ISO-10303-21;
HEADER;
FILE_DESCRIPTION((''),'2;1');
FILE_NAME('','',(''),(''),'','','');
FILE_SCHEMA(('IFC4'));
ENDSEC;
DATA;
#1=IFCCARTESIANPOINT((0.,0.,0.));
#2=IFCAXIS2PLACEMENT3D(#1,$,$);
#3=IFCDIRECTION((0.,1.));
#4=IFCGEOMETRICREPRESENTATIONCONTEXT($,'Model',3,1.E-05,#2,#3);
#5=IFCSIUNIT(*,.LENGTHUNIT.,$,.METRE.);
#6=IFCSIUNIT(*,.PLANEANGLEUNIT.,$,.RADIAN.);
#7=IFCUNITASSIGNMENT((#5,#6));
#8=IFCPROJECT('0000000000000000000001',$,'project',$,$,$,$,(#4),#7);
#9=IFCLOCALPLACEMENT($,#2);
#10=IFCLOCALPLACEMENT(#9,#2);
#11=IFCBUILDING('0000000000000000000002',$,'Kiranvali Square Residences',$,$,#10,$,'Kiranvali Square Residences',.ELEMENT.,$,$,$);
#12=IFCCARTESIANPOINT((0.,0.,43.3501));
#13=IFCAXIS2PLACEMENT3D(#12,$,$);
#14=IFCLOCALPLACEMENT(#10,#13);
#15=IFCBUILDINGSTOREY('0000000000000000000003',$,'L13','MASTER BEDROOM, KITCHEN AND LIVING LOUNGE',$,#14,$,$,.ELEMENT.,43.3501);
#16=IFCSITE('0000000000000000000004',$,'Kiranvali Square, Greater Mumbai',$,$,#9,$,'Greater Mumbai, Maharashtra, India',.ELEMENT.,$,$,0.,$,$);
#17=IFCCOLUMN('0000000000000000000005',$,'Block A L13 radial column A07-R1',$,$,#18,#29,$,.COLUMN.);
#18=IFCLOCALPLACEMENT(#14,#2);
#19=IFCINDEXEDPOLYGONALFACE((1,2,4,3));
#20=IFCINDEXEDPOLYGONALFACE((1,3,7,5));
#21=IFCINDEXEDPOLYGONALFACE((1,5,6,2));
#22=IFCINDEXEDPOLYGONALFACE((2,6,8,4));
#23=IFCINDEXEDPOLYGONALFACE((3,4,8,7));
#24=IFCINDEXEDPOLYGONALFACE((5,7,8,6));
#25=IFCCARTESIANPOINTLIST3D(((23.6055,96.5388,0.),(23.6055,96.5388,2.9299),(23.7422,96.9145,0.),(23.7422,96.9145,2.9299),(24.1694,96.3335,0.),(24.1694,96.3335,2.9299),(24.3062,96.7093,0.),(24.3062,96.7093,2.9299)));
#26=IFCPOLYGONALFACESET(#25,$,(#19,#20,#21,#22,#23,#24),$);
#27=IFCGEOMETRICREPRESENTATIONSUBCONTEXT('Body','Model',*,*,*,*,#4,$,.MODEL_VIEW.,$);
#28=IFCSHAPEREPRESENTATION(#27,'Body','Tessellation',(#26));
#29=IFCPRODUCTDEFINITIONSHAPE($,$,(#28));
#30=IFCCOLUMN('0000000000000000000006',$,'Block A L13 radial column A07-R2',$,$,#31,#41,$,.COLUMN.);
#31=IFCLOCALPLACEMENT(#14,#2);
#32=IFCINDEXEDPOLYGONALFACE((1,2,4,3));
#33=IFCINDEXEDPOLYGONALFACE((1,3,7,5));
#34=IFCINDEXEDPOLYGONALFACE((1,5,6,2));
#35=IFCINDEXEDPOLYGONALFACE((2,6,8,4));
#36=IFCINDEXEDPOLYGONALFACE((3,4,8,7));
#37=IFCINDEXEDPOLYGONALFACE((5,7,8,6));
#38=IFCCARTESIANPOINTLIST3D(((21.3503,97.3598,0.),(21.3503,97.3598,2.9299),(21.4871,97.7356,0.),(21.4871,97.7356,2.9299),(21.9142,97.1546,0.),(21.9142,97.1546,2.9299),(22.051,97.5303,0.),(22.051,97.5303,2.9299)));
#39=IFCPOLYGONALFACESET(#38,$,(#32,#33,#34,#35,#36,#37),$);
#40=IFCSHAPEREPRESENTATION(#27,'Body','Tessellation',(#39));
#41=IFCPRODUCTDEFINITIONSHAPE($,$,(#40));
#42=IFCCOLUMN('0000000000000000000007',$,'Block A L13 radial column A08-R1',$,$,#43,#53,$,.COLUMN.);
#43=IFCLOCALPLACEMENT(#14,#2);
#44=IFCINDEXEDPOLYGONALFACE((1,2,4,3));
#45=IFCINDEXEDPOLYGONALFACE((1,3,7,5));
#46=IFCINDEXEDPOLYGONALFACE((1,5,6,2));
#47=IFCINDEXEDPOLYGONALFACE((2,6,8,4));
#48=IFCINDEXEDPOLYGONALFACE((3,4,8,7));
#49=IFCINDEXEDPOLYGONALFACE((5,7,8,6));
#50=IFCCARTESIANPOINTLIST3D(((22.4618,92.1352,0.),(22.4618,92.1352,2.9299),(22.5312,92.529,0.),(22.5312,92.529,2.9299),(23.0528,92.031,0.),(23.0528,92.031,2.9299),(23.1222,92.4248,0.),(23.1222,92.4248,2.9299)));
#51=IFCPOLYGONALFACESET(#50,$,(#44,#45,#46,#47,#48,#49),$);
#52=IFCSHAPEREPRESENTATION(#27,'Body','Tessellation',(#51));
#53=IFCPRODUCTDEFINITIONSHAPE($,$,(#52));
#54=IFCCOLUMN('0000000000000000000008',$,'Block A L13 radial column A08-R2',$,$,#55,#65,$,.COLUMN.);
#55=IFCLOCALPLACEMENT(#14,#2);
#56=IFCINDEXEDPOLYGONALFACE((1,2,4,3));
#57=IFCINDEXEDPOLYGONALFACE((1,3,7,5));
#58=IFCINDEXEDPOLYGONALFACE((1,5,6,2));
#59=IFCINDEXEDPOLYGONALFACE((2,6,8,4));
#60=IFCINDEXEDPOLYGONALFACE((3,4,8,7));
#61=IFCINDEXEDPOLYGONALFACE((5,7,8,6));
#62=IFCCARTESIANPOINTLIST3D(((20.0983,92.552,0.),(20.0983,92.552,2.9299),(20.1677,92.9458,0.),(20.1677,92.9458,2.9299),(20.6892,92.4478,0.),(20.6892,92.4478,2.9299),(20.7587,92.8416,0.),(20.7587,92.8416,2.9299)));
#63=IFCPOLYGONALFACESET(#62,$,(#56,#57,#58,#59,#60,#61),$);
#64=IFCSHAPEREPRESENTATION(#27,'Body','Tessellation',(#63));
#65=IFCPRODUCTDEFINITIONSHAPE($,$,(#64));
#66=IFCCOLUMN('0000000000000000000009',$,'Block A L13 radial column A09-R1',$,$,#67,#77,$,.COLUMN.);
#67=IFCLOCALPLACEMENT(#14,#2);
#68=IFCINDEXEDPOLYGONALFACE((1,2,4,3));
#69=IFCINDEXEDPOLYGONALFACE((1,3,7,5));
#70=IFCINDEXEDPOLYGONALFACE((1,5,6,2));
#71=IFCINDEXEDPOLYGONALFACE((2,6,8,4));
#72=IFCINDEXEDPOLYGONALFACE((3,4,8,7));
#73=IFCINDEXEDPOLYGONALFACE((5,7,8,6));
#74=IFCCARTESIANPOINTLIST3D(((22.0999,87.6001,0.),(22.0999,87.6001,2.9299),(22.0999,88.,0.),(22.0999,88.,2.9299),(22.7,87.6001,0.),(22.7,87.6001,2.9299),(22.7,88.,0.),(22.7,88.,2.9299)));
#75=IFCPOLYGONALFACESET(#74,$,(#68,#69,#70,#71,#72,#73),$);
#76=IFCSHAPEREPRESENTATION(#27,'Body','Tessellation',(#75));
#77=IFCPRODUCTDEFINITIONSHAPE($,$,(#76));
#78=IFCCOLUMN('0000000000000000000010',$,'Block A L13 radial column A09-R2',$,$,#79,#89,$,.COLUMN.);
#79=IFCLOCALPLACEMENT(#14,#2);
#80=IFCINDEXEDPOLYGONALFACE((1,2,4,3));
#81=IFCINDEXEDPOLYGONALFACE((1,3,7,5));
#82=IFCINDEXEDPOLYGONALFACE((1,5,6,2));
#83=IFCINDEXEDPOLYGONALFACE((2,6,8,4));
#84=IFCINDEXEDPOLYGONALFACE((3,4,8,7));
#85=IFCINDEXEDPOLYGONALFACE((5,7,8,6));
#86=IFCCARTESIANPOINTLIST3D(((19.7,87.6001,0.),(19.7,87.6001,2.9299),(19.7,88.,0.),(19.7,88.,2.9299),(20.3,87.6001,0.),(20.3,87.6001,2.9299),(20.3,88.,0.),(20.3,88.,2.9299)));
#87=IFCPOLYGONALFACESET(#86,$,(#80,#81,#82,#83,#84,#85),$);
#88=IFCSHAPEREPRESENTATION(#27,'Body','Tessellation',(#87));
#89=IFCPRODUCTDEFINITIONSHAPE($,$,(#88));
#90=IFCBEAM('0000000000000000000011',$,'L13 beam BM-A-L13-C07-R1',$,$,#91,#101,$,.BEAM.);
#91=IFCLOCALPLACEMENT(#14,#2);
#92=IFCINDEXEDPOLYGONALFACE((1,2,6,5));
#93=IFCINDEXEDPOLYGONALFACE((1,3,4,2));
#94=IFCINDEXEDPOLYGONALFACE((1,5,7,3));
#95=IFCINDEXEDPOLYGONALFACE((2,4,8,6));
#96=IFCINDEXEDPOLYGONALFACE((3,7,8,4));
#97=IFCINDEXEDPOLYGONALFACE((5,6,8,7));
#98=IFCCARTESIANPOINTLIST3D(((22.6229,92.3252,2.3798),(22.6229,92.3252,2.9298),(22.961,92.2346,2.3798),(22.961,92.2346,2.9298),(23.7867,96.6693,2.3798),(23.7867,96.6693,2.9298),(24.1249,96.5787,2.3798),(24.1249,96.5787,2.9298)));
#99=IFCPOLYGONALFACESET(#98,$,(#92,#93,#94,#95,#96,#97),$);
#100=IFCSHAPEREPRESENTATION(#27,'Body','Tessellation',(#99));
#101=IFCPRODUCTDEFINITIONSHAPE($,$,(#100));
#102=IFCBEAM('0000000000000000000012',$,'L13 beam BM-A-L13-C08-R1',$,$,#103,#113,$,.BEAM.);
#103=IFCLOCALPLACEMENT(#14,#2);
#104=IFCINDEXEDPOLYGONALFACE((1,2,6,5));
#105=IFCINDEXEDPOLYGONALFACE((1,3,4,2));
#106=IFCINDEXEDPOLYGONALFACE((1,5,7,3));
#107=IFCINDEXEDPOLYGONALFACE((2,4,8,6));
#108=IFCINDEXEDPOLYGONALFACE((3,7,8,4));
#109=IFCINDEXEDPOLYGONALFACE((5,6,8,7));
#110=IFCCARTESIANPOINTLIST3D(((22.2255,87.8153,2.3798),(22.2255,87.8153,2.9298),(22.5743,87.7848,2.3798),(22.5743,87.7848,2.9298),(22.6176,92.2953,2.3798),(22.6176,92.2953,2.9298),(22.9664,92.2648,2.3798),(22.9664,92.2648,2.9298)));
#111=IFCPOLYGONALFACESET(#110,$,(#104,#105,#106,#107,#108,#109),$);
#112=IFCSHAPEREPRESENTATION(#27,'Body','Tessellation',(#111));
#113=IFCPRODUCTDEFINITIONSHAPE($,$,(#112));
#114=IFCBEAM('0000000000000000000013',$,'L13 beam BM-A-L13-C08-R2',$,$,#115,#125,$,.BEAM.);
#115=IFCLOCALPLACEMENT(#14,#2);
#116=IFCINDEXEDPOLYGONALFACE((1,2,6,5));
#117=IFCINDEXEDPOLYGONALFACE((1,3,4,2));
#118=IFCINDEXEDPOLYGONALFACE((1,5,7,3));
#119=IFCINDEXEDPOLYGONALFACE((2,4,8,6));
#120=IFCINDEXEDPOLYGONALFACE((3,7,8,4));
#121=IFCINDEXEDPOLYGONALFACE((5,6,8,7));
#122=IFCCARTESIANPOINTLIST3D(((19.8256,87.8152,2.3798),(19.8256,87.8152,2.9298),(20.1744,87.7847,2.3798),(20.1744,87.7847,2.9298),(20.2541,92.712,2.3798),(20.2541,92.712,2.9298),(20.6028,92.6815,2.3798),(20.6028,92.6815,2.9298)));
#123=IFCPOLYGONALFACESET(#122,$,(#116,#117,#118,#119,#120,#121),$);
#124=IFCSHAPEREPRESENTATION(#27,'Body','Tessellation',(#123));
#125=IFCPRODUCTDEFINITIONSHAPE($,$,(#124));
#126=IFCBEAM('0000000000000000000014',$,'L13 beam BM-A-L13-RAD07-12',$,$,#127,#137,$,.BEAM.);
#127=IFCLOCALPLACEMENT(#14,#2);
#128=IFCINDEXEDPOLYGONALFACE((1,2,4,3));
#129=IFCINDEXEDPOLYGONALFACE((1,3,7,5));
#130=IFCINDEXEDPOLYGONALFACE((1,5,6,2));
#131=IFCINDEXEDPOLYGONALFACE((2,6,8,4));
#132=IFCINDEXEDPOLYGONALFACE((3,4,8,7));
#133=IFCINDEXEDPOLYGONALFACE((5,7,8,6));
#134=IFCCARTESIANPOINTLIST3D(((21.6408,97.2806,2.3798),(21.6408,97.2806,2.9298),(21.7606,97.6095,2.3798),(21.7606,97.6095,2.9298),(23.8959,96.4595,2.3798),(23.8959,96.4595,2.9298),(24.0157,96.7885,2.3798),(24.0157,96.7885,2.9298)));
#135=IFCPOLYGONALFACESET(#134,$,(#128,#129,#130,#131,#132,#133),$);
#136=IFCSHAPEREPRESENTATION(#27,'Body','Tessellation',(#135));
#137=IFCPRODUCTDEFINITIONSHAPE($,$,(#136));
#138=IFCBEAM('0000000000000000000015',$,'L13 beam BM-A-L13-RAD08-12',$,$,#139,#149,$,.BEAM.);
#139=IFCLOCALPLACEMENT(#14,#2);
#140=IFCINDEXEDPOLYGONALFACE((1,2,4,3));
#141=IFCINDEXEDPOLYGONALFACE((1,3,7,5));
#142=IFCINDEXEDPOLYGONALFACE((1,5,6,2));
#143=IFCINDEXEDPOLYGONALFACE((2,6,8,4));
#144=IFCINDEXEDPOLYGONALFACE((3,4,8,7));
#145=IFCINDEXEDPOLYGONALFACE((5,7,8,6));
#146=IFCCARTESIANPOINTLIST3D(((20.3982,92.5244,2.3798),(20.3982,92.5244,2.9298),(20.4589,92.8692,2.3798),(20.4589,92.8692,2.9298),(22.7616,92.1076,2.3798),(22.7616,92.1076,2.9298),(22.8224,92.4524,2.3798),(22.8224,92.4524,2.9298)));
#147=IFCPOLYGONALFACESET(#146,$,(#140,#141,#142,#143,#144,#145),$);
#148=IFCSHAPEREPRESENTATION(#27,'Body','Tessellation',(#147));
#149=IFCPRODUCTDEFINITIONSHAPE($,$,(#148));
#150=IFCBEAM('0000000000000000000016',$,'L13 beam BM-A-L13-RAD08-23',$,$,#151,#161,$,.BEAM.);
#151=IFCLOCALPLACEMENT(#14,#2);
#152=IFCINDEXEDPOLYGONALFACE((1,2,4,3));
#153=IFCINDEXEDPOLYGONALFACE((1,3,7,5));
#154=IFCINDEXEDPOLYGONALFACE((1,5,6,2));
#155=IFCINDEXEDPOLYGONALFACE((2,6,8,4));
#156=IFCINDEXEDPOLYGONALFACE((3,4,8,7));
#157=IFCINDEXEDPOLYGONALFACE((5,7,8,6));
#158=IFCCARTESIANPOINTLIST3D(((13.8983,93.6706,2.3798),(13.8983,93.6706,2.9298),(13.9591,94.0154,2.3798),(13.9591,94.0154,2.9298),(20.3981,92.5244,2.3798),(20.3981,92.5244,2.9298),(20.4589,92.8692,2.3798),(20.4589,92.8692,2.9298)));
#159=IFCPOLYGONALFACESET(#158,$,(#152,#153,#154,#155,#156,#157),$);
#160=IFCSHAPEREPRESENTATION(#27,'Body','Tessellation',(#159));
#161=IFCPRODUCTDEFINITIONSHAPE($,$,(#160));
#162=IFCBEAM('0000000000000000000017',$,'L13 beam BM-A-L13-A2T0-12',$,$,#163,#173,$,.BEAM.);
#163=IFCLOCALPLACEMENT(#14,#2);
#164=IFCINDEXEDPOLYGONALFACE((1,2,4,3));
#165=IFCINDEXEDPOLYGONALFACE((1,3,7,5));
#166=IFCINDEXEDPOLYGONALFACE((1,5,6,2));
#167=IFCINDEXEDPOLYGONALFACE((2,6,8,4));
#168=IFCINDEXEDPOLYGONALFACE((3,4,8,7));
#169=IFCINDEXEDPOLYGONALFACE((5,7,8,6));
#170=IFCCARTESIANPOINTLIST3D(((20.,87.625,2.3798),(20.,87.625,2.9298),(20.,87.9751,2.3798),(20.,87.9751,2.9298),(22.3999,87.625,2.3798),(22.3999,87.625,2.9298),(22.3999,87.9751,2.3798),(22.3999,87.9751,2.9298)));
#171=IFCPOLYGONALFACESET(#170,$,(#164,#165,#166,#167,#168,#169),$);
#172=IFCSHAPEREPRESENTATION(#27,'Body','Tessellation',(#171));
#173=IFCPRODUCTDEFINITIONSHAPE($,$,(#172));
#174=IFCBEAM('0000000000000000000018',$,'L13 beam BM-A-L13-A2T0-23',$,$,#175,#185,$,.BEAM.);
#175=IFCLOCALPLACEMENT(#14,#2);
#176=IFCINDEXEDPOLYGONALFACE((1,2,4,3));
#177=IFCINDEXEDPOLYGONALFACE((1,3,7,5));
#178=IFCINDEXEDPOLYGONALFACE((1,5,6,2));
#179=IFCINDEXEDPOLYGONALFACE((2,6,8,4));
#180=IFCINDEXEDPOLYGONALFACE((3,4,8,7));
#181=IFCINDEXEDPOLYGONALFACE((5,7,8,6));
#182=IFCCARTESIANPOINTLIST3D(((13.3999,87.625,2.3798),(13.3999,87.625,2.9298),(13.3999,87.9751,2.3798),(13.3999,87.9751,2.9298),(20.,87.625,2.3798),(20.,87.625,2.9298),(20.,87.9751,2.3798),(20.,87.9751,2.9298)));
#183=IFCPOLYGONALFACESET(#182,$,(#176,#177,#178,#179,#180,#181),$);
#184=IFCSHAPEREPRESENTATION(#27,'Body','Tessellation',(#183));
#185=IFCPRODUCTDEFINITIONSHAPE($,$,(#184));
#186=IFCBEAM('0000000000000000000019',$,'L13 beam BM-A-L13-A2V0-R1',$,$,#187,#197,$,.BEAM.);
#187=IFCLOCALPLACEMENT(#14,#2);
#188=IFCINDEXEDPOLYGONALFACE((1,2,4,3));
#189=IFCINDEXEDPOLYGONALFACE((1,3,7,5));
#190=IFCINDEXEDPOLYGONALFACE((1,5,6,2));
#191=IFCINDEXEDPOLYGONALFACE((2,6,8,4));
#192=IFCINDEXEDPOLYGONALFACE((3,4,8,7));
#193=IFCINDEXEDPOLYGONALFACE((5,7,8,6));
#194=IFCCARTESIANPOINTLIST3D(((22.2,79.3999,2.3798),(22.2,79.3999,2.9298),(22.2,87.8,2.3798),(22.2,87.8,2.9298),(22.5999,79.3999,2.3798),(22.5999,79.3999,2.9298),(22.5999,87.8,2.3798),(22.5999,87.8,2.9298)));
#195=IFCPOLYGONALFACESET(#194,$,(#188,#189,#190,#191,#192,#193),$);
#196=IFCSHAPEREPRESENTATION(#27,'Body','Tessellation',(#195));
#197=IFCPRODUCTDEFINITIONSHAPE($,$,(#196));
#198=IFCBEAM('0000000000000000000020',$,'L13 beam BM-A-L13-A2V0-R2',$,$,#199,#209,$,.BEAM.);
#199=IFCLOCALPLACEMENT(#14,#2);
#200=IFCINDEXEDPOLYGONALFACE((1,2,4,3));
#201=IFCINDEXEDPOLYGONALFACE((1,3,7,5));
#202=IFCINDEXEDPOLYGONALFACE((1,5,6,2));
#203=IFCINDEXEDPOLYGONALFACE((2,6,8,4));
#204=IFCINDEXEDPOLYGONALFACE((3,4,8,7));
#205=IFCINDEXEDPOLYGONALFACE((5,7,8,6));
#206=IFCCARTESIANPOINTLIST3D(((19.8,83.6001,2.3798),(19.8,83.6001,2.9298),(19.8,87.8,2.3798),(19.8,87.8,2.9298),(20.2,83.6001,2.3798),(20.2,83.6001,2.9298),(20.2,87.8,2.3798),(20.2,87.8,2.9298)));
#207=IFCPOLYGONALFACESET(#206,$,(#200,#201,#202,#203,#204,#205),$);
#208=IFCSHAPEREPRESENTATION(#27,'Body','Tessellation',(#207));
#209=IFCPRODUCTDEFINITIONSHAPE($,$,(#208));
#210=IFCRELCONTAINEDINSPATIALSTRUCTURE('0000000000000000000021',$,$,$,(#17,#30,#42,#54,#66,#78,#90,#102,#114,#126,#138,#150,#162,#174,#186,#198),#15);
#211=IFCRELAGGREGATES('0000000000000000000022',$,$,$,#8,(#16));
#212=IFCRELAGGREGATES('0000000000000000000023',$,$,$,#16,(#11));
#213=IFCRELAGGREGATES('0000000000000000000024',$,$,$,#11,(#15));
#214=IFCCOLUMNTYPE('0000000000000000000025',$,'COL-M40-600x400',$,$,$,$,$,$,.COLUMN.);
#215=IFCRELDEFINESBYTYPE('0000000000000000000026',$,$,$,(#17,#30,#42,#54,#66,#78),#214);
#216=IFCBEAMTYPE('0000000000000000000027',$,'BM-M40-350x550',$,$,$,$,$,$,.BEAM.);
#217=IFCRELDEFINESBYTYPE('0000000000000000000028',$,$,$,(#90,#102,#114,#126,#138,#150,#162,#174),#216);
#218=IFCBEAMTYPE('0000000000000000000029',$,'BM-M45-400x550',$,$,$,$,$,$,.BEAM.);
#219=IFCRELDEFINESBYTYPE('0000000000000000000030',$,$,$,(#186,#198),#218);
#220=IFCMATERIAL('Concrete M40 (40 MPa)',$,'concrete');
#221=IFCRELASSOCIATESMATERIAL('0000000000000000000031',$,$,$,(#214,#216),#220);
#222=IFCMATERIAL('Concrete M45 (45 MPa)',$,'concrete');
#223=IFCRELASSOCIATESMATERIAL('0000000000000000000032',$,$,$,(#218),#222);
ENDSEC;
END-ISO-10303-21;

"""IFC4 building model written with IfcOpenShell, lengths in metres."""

from ifc_helpers import new_model, si_unit, direction, frame, origin, origin_2d, place, context, subcontext, project, spatial, rectangle, extrude, material, material_profile, profile_set, type_object, element, save


model = new_model("IFC4")

# Units and contexts
model_context = context("Model", 3, precision=1e-05, world=origin(), true_north=direction((0.0, 1.0)))
body_context = subcontext(model_context, "Body", "Model", "MODEL_VIEW")
ifc_project = project(units=[si_unit("LENGTHUNIT", "METRE"), si_unit("PLANEANGLEUNIT", "RADIAN")], contexts=[model_context])

# Site, building, storey
site_placement = place(None, origin())
site = spatial("IfcSite", under=ifc_project, at=site_placement, Name="Kiranvali Square, Greater Mumbai", LongName="Greater Mumbai, Maharashtra, India", CompositionType="ELEMENT", RefElevation=0.0)
building_placement = place(site_placement, origin())
building = spatial("IfcBuilding", under=site, at=building_placement, Name="Kiranvali Square Residences", LongName="Kiranvali Square Residences", CompositionType="ELEMENT")
storey_placement = place(building_placement, frame((0.0, 0.0, 43.3501)))
storey = spatial("IfcBuildingStorey", under=building, at=storey_placement, Name="L13", Description="MASTER BEDROOM, KITCHEN AND LIVING LOUNGE", CompositionType="ELEMENT", Elevation=43.3501)

# Columns
ifc_material_1 = material(Name="Concrete M40 (40 MPa)", Category="concrete")
ifc_material_profile_1 = material_profile(ifc_material_1, rectangle(XDim=0.3999, YDim=0.6001, at=origin_2d()), Name="RC 600x400")
ifc_profile_set_1 = profile_set([ifc_material_profile_1], Name="Concrete M40 (40 MPa)")
column_type = type_object("IfcColumnType", Name="COL-M40-600x400", PredefinedType="COLUMN", material=ifc_profile_set_1)
for number, where, z_axis, x_axis, name in (
    (1, (23.9558, 96.624, 0.0), (0.0, 0.0, 1.0), (0.34202, 0.939693, 0.0), "Block A L13 radial column A07-R1"),
    (2, (21.7007, 97.4451, 0.0), (0.0, 0.0, 1.0), (0.34202, 0.939693, 0.0), "Block A L13 radial column A07-R2"),
    (3, (22.792, 92.28, 0.0), (0.0, 0.0, 1.0), (0.173648, 0.984808, 0.0), "Block A L13 radial column A08-R1"),
    (4, (20.4285, 92.6968, 0.0), (0.0, 0.0, 1.0), (0.173648, 0.984808, 0.0), "Block A L13 radial column A08-R2"),
    (5, (22.3999, 87.8, 0.0), (0.0, 0.0, 1.0), (0.0, 1.0, 0.0), "Block A L13 radial column A09-R1"),
    (6, (20.0, 87.8, 0.0), (0.0, 0.0, 1.0), (0.0, 1.0, 0.0), "Block A L13 radial column A09-R2"),
):
    element("IfcColumn", number, at=place(storey_placement, frame(where, z_axis=z_axis, x_axis=x_axis)), inside=storey, type_object=column_type, Name=name, PredefinedType="COLUMN", context=body_context, shape_type="SweptSolid", body=[
        extrude(rectangle(XDim=0.3999, YDim=0.6001, at=origin_2d()), origin(), (0.0, 0.0, 1.0), 2.9299),
    ])

# Beams
ifc_material_profile_2 = material_profile(ifc_material_1, rectangle(XDim=0.3501, YDim=0.55, at=origin_2d()), Name="RC 350x550")
ifc_profile_set_2 = profile_set([ifc_material_profile_2], Name="Concrete M40 (40 MPa)")
beam_type_1 = type_object("IfcBeamType", Name="BM-M40-350x550", PredefinedType="BEAM", material=ifc_profile_set_2)
beam_1_placement = place(storey_placement, frame((23.9558, 96.624, 2.6548), z_axis=(-0.258788, -0.965934, 0.0), x_axis=(0.965934, -0.258788, 0.0)))
element("IfcBeam", 7, at=beam_1_placement, inside=storey, type_object=beam_type_1, Name="L13 beam BM-A-L13-C07-R1", PredefinedType="BEAM", context=body_context, shape_type="SweptSolid", body=[
    extrude(rectangle(XDim=0.3501, YDim=0.55, at=origin_2d()), origin(), (0.0, 0.0, 1.0), 4.4973),
])
beam_2_placement = place(storey_placement, frame((22.792, 92.28, 2.6548), z_axis=(-0.087187, -0.996192, 0.0), x_axis=(0.996192, -0.087187, 0.0)))
element("IfcBeam", 8, at=beam_2_placement, inside=storey, type_object=beam_type_1, Name="L13 beam BM-A-L13-C08-R1", PredefinedType="BEAM", context=body_context, shape_type="SweptSolid", body=[
    extrude(rectangle(XDim=0.3501, YDim=0.55, at=origin_2d()), origin(), (0.0, 0.0, 1.0), 4.4971),
])
beam_3_placement = place(storey_placement, frame((20.4285, 92.6968, 2.6548), z_axis=(-0.087168, -0.996194, 0.0), x_axis=(0.996194, -0.087168, 0.0)))
element("IfcBeam", 9, at=beam_3_placement, inside=storey, type_object=beam_type_1, Name="L13 beam BM-A-L13-C08-R2", PredefinedType="BEAM", context=body_context, shape_type="SweptSolid", body=[
    extrude(rectangle(XDim=0.3501, YDim=0.55, at=origin_2d()), origin(), (0.0, 0.0, 1.0), 4.9155),
])
for number, where, z_axis, x_axis, name in (
    (10, (23.9558, 96.624, 2.6548), (-0.93966, 0.342111, 0.0), (-0.342111, -0.93966, 0.0), "L13 beam BM-A-L13-RAD07-12"),
    (11, (22.792, 92.28, 2.6548), (-0.984808, 0.173646, 0.0), (-0.173646, -0.984808, 0.0), "L13 beam BM-A-L13-RAD08-12"),
):
    element("IfcBeam", number, at=place(storey_placement, frame(where, z_axis=z_axis, x_axis=x_axis)), inside=storey, type_object=beam_type_1, Name=name, PredefinedType="BEAM", context=body_context, shape_type="SweptSolid", body=[
        extrude(rectangle(XDim=0.3501, YDim=0.55, at=origin_2d()), origin(), (0.0, 0.0, 1.0), 2.3999),
    ])
beam_4_placement = place(storey_placement, frame((20.4285, 92.6968, 2.6548), z_axis=(-0.984804, 0.173671, 0.0), x_axis=(-0.173671, -0.984804, 0.0)))
element("IfcBeam", 12, at=beam_4_placement, inside=storey, type_object=beam_type_1, Name="L13 beam BM-A-L13-RAD08-23", PredefinedType="BEAM", context=body_context, shape_type="SweptSolid", body=[
    extrude(rectangle(XDim=0.3501, YDim=0.55, at=origin_2d()), origin(), (0.0, 0.0, 1.0), 6.6001),
])
beam_5_placement = place(storey_placement, frame((22.3999, 87.8, 2.6548), z_axis=(-1.0, 0.0, 0.0), x_axis=(0.0, -1.0, 0.0)))
element("IfcBeam", 13, at=beam_5_placement, inside=storey, type_object=beam_type_1, Name="L13 beam BM-A-L13-A2T0-12", PredefinedType="BEAM", context=body_context, shape_type="SweptSolid", body=[
    extrude(rectangle(XDim=0.3501, YDim=0.55, at=origin_2d()), origin(), (0.0, 0.0, 1.0), 2.3999),
])
beam_6_placement = place(storey_placement, frame((20.0, 87.8, 2.6548), z_axis=(-1.0, 0.0, 0.0), x_axis=(0.0, -1.0, 0.0)))
element("IfcBeam", 14, at=beam_6_placement, inside=storey, type_object=beam_type_1, Name="L13 beam BM-A-L13-A2T0-23", PredefinedType="BEAM", context=body_context, shape_type="SweptSolid", body=[
    extrude(rectangle(XDim=0.3501, YDim=0.55, at=origin_2d()), origin(), (0.0, 0.0, 1.0), 6.6001),
])
ifc_material_2 = material(Name="Concrete M45 (45 MPa)", Category="concrete")
ifc_material_profile_3 = material_profile(ifc_material_2, rectangle(XDim=0.3999, YDim=0.55, at=origin_2d()), Name="RC 400x550")
ifc_profile_set_3 = profile_set([ifc_material_profile_3], Name="Concrete M45 (45 MPa)")
beam_type_2 = type_object("IfcBeamType", Name="BM-M45-400x550", PredefinedType="BEAM", material=ifc_profile_set_3)
beam_7_placement = place(storey_placement, frame((22.3999, 87.8, 2.6548), z_axis=(0.0, -1.0, 0.0), x_axis=(1.0, 0.0, 0.0)))
element("IfcBeam", 15, at=beam_7_placement, inside=storey, type_object=beam_type_2, Name="L13 beam BM-A-L13-A2V0-R1", PredefinedType="BEAM", context=body_context, shape_type="SweptSolid", body=[
    extrude(rectangle(XDim=0.3999, YDim=0.55, at=origin_2d()), origin(), (0.0, 0.0, 1.0), 8.4001),
])
beam_8_placement = place(storey_placement, frame((20.0, 87.8, 2.6548), z_axis=(0.0, -1.0, 0.0), x_axis=(1.0, 0.0, 0.0)))
element("IfcBeam", 16, at=beam_8_placement, inside=storey, type_object=beam_type_2, Name="L13 beam BM-A-L13-A2V0-R2", PredefinedType="BEAM", context=body_context, shape_type="SweptSolid", body=[
    extrude(rectangle(XDim=0.3999, YDim=0.55, at=origin_2d()), origin(), (0.0, 0.0, 1.0), 4.2),
])

save(model, "model.ifc")
